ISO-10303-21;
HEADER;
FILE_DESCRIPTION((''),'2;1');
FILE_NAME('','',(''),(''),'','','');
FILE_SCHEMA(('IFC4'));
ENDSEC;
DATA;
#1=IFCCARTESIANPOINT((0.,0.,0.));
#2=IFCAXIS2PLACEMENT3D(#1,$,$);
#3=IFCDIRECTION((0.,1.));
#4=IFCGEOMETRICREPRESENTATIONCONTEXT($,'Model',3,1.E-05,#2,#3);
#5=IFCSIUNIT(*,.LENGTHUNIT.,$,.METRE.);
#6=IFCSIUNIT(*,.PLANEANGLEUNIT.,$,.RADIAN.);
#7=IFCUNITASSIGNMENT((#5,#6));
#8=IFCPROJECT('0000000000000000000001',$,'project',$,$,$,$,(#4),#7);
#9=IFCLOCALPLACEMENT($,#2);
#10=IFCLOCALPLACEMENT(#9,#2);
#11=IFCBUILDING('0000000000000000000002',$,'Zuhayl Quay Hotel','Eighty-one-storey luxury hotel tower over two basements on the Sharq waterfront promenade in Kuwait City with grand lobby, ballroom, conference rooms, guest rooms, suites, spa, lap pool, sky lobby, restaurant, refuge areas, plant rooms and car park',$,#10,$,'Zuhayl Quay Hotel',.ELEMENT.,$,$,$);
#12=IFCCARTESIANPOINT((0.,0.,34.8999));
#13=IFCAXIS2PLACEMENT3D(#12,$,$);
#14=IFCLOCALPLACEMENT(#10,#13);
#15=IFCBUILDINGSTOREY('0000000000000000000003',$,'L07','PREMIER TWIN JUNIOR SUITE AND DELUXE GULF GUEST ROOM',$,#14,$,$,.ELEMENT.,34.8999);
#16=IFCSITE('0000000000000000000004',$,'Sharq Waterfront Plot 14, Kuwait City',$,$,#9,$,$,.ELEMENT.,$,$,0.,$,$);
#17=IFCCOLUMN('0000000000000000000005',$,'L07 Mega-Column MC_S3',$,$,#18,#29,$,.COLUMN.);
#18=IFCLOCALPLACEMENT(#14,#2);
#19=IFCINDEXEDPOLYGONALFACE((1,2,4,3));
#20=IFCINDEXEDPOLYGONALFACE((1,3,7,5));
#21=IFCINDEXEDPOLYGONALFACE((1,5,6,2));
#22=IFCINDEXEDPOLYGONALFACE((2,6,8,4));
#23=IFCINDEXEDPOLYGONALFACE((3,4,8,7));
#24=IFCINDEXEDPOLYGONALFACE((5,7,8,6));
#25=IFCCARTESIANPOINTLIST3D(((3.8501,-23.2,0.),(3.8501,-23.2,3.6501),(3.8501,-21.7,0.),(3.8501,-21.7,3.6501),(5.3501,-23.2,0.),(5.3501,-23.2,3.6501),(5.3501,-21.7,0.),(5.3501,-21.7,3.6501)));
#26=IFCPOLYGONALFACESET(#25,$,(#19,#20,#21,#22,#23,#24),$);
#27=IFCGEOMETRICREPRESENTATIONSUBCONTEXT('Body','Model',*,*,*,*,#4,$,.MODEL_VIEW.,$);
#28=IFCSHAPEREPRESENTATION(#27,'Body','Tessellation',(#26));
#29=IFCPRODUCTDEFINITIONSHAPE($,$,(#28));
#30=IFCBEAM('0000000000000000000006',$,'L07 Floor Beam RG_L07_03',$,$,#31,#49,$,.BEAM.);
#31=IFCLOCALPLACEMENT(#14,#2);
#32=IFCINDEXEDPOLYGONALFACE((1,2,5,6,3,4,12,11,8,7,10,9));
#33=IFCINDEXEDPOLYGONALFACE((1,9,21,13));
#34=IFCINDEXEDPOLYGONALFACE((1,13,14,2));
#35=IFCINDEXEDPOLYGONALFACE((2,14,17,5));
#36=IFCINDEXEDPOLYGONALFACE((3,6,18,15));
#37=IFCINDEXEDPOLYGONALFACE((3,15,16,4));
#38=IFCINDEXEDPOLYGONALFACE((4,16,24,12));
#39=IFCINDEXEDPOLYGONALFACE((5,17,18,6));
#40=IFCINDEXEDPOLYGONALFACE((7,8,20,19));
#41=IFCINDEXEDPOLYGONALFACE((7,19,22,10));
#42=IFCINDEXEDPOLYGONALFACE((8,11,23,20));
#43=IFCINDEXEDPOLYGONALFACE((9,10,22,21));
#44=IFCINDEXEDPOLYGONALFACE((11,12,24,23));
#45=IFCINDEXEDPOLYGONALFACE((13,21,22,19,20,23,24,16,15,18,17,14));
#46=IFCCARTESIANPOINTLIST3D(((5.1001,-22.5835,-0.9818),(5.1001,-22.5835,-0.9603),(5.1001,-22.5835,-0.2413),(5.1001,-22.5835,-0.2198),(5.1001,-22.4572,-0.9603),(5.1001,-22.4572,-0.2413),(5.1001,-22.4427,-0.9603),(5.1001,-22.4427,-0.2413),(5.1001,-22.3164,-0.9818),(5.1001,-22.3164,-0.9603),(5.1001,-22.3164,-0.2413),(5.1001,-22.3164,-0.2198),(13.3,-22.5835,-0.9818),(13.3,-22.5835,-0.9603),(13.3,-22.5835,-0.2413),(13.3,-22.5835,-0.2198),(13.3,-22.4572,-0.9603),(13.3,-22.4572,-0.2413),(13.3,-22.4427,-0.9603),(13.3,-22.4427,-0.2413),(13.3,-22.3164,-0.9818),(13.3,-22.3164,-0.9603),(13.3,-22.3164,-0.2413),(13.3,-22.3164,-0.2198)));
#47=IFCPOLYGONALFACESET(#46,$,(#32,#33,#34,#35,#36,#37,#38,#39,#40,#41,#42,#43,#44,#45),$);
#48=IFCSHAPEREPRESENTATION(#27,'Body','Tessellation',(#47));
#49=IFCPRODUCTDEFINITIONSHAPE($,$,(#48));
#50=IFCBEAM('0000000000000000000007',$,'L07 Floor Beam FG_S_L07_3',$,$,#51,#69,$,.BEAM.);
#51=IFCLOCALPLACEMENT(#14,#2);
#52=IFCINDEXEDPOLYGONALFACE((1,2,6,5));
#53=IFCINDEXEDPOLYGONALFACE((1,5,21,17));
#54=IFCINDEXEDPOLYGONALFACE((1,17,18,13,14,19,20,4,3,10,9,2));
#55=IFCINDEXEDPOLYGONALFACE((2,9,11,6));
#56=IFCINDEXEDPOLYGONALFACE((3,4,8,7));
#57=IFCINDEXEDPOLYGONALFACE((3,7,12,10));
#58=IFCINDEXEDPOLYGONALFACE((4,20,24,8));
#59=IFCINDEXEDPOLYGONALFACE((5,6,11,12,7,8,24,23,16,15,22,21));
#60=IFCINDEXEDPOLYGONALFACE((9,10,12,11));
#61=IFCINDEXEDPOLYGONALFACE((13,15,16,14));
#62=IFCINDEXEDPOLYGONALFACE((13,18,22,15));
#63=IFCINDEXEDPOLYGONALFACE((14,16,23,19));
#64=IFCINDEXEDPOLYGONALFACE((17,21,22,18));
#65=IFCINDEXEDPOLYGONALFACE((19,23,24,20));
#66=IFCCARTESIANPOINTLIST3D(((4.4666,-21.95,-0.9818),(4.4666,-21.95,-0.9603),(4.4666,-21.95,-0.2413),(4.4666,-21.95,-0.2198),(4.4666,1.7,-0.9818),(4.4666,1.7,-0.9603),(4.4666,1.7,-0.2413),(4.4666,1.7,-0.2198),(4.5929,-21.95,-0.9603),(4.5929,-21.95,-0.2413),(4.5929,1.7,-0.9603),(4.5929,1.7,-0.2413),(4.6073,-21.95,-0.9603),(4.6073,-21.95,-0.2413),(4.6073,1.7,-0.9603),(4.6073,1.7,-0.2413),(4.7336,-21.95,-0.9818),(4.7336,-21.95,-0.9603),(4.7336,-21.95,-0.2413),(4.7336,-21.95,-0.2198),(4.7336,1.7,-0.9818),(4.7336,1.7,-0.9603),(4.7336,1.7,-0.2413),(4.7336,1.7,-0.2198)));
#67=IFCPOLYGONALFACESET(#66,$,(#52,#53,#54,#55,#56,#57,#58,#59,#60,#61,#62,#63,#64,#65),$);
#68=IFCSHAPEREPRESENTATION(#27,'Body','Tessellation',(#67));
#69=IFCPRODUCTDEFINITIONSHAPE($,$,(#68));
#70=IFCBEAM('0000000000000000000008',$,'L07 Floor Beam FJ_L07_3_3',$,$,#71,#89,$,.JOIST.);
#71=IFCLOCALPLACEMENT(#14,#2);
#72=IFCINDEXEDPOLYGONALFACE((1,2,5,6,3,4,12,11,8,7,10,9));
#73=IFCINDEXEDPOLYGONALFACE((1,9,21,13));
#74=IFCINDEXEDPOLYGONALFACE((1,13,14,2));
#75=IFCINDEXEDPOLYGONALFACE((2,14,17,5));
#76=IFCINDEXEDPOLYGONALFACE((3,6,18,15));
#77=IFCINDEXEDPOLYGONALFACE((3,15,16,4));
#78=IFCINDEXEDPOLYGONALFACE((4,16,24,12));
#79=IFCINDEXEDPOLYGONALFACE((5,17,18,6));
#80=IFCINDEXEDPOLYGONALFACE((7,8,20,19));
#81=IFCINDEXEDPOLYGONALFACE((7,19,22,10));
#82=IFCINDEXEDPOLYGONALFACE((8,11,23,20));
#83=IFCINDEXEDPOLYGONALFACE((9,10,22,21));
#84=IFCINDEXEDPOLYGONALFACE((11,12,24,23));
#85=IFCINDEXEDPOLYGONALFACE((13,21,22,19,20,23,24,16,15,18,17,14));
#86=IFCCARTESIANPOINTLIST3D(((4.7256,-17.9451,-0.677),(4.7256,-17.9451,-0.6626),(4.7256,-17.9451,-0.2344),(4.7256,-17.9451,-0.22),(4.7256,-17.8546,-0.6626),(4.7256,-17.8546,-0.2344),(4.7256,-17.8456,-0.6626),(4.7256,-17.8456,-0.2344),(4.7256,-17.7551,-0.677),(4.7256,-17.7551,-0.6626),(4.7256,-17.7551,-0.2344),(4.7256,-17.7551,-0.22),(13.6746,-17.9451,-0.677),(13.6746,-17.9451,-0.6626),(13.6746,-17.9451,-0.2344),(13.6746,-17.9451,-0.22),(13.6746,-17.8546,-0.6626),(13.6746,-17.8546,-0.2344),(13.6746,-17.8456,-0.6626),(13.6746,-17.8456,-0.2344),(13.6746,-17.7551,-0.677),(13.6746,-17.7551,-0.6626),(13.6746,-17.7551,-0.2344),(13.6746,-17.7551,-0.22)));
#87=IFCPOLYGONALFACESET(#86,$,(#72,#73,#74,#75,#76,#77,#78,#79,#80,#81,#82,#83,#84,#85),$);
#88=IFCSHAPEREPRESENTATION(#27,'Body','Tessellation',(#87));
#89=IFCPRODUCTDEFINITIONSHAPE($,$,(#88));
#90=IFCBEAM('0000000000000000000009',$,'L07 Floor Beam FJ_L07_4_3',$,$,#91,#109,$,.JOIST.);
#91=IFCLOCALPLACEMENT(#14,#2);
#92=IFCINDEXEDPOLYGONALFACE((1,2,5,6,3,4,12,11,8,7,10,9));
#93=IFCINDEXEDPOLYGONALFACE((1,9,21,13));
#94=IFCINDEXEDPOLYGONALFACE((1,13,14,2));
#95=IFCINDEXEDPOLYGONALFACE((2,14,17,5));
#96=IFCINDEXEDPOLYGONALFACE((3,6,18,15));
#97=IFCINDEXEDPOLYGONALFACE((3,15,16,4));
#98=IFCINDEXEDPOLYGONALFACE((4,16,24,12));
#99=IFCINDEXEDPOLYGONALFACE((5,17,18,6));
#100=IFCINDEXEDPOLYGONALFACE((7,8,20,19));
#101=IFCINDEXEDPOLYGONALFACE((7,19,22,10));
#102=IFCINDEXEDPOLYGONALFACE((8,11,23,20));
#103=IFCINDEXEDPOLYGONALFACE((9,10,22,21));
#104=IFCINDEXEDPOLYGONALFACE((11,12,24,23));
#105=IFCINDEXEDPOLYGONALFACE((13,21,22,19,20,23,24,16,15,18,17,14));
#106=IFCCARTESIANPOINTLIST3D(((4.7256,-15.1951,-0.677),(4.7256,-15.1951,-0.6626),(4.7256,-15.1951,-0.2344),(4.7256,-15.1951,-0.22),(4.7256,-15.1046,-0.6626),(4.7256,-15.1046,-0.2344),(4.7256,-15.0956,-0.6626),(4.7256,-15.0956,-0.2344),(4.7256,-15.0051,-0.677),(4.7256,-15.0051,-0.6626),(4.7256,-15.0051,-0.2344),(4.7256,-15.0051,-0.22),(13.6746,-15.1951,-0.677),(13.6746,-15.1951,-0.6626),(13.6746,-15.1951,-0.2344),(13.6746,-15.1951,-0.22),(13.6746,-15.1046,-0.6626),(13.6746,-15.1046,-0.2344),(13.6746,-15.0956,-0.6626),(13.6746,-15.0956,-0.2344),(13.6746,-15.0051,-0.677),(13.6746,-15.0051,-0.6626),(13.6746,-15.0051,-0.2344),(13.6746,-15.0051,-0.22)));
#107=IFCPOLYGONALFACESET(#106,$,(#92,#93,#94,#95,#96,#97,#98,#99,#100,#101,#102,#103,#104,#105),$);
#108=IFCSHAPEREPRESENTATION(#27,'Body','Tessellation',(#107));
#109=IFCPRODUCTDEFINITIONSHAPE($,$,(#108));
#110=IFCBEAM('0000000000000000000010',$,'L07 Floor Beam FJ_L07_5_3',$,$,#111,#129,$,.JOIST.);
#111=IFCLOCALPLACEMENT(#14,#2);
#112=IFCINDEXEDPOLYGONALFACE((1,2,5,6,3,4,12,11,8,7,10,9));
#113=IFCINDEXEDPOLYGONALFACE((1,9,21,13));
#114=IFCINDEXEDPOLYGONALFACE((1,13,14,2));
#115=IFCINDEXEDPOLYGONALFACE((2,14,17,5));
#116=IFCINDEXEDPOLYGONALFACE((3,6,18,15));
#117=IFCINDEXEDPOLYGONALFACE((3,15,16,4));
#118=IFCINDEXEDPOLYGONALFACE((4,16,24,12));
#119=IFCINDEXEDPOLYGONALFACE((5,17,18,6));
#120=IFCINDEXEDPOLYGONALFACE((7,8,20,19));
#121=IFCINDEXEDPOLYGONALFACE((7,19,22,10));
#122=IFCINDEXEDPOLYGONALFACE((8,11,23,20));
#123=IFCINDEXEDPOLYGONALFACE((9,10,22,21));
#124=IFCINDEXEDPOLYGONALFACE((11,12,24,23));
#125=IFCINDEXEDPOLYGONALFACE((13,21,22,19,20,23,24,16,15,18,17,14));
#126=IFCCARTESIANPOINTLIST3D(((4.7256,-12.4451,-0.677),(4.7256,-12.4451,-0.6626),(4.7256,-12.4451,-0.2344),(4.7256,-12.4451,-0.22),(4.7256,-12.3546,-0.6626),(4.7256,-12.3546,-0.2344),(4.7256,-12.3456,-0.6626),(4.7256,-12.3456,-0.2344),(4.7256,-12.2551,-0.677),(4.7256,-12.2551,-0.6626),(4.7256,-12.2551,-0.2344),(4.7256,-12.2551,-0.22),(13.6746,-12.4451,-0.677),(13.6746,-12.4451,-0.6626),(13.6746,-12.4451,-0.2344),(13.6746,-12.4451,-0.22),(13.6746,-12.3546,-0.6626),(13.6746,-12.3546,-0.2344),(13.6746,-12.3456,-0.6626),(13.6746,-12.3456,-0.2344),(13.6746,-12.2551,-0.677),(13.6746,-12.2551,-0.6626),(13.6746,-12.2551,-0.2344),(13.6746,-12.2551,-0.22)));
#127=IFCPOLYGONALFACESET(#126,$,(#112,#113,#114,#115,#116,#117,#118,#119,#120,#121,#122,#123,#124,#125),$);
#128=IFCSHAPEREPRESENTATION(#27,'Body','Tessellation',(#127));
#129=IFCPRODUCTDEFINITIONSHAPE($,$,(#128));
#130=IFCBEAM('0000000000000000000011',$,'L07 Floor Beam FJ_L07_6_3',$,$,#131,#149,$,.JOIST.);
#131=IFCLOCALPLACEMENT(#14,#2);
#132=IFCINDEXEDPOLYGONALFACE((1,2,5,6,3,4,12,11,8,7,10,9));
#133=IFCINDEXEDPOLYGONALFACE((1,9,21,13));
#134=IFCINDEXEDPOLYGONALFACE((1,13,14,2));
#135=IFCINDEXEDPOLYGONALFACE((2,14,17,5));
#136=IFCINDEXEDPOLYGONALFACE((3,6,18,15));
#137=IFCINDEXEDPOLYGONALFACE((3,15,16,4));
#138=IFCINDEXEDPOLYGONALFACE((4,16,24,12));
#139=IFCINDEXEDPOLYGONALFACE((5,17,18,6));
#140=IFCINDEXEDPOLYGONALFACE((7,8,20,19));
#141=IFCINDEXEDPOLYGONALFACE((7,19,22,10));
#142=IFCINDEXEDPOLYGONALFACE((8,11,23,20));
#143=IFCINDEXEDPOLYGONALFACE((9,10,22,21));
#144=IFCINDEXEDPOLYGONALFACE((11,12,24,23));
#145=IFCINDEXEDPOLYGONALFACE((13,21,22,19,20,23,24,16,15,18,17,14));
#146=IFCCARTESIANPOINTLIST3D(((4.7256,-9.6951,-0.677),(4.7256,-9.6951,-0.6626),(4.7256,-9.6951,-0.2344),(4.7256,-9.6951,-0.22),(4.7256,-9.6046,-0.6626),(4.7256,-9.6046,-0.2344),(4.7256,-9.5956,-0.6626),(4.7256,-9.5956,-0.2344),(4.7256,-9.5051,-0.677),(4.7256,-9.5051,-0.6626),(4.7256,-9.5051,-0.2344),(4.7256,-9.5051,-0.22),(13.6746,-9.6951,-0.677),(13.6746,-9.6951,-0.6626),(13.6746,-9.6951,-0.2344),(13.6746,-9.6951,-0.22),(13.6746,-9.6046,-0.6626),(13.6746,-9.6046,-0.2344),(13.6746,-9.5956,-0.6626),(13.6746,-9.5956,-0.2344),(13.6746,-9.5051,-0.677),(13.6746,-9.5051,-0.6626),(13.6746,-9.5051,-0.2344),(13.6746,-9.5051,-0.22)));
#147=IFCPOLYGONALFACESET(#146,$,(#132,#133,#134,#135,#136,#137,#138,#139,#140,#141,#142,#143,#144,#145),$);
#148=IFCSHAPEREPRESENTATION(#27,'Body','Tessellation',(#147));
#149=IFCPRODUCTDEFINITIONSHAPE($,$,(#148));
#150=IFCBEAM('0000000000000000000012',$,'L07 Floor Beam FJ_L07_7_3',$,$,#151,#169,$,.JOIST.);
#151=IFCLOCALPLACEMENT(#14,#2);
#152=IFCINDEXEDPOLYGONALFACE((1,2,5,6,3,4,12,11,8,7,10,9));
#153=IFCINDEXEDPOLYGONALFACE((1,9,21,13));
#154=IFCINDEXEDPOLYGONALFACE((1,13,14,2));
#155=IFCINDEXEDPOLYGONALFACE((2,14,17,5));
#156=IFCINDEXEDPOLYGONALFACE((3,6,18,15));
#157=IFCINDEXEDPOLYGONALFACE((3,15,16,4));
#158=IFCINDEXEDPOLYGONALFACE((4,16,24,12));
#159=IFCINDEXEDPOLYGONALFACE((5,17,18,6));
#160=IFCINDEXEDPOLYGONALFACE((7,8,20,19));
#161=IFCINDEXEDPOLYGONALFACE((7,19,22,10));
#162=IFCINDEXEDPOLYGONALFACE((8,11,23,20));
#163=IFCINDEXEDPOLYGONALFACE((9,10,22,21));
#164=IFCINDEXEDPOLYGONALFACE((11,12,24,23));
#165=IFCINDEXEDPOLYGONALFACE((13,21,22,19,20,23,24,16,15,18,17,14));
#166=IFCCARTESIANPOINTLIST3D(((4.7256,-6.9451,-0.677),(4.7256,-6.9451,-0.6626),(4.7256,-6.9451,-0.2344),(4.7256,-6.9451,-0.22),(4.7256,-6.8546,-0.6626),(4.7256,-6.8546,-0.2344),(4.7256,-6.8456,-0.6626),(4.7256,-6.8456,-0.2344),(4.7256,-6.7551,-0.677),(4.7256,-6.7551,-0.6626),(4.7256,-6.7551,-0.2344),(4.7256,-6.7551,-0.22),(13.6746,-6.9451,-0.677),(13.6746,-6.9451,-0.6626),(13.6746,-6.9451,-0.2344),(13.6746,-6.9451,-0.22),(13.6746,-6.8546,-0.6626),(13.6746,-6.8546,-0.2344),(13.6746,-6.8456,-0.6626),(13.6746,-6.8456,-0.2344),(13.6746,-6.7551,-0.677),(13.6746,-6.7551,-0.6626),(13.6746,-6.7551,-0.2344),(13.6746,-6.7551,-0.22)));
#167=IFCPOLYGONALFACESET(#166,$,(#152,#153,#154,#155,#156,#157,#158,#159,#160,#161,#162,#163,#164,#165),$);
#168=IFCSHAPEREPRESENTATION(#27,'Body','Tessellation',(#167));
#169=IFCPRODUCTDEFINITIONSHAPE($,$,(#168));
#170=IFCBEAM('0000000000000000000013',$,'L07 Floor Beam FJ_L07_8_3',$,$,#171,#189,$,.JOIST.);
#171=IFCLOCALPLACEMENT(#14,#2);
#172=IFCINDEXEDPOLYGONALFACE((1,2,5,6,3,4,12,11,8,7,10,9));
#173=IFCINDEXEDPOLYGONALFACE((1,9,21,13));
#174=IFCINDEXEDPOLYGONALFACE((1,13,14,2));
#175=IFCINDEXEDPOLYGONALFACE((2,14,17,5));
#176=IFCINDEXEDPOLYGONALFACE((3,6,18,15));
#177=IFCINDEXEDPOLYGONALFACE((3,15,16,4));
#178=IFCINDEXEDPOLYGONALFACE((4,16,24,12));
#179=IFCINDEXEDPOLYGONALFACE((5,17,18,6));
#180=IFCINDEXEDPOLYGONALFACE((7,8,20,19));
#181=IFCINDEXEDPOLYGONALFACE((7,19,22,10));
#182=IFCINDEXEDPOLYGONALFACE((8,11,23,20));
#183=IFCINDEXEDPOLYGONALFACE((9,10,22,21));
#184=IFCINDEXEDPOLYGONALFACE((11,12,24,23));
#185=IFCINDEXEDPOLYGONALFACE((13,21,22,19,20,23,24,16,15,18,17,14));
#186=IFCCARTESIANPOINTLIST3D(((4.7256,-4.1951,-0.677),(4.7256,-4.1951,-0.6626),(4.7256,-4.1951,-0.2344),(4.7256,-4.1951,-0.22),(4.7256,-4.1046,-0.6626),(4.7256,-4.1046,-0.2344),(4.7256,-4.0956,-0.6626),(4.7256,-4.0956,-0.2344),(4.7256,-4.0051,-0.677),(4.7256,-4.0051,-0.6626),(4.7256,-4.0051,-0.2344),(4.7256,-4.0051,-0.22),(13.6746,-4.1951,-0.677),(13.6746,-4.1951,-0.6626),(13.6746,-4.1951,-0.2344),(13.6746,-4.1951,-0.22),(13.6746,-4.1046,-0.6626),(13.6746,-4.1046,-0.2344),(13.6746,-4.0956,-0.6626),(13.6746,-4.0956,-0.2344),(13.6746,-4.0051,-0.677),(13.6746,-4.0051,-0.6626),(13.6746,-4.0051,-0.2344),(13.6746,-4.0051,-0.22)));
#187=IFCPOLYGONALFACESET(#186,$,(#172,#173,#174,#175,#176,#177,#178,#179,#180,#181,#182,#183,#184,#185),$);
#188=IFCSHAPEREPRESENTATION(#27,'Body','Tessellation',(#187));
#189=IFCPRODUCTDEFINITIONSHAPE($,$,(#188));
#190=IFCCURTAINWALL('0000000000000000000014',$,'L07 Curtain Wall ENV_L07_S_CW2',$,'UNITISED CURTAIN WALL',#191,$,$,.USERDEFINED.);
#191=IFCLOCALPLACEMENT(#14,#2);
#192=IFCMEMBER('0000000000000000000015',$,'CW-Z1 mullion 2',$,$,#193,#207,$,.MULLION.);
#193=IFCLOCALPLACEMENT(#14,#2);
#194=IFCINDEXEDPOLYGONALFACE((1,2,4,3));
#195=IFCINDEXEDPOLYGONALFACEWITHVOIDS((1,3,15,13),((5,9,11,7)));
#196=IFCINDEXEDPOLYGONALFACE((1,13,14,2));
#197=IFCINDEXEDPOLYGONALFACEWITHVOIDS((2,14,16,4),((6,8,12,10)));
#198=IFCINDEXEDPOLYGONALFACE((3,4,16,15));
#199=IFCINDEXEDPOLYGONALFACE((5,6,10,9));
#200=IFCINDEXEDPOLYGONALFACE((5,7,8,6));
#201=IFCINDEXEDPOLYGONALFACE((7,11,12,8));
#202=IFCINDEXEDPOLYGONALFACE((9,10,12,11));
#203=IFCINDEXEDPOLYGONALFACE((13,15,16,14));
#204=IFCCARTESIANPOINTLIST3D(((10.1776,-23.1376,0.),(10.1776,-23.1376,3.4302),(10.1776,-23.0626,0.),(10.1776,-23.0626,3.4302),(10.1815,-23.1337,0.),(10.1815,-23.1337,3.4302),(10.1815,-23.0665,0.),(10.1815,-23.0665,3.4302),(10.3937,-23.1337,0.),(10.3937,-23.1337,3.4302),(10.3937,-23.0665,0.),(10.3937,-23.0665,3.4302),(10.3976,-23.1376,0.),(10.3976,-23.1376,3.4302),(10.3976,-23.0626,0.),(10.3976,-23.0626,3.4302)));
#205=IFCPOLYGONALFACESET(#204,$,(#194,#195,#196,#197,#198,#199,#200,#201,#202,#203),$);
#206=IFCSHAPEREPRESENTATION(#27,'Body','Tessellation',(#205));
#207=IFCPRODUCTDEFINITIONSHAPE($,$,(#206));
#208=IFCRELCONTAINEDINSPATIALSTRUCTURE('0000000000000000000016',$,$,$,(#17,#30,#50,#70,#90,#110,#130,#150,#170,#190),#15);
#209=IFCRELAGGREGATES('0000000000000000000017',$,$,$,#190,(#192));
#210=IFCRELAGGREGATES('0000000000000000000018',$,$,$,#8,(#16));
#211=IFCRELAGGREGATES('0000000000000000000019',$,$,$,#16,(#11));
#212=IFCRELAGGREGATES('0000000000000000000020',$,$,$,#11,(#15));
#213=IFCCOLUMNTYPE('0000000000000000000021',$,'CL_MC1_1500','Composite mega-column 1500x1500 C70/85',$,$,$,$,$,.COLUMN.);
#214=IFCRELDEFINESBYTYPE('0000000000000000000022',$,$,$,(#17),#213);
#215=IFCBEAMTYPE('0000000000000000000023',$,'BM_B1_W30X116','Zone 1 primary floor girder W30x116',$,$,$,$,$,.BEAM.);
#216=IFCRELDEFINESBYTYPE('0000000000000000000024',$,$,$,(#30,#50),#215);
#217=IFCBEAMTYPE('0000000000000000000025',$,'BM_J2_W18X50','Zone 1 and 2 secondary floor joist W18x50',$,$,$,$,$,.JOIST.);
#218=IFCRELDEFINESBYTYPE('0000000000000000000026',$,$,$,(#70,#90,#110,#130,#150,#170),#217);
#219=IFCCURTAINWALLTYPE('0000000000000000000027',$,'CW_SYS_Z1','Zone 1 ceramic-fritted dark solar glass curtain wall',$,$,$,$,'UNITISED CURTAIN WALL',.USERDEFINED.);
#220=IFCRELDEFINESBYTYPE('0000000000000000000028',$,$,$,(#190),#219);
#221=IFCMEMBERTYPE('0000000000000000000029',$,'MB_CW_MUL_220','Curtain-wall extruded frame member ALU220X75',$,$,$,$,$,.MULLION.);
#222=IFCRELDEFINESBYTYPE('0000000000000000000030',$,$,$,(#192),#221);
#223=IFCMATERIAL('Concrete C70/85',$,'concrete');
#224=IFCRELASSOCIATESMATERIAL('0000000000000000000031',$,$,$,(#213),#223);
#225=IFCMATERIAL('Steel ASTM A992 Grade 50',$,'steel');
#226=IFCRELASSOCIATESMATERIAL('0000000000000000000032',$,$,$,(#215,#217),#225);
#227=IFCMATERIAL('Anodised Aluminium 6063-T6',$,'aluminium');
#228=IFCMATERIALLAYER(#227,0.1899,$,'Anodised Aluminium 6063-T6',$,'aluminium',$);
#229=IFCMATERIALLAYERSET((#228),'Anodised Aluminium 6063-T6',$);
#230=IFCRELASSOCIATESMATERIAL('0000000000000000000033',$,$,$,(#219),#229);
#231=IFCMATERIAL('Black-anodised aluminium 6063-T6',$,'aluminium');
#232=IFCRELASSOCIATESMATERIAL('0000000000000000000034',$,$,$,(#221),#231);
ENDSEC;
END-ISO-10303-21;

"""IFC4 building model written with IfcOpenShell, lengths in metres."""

from ifc_helpers import new_model, si_unit, direction, frame, origin, origin_2d, place, context, subcontext, project, spatial, rectangle, hollow_rectangle, i_section, extrude, material, layer, layer_set, material_profile, profile_set, type_object, element, aggregate, save


model = new_model("IFC4")

# Units and contexts
model_context = context("Model", 3, precision=1e-05, world=origin(), true_north=direction((0.0, 1.0)))
body_context = subcontext(model_context, "Body", "Model", "MODEL_VIEW")
ifc_project = project(units=[si_unit("LENGTHUNIT", "METRE"), si_unit("PLANEANGLEUNIT", "RADIAN")], contexts=[model_context])

# Site, building, storey
site_placement = place(None, origin())
site = spatial("IfcSite", under=ifc_project, at=site_placement, Name="Sharq Waterfront Plot 14, Kuwait City", CompositionType="ELEMENT", RefElevation=0.0)
building_placement = place(site_placement, origin())
building = spatial("IfcBuilding", under=site, at=building_placement, Name="Zuhayl Quay Hotel", Description="Eighty-one-storey luxury hotel tower over two basements on the Sharq waterfront promenade in Kuwait City with grand lobby, ballroom, conference rooms, guest rooms, suites, spa, lap pool, sky lobby, restaurant, refuge areas, plant rooms and car park", LongName="Zuhayl Quay Hotel", CompositionType="ELEMENT")
storey_placement = place(building_placement, frame((0.0, 0.0, 34.8999)))
storey = spatial("IfcBuildingStorey", under=building, at=storey_placement, Name="L07", Description="PREMIER TWIN JUNIOR SUITE AND DELUXE GULF GUEST ROOM", CompositionType="ELEMENT", Elevation=34.8999)

# Column
ifc_material_1 = material(Name="Concrete C70/85", Category="concrete")
ifc_material_profile_1 = material_profile(ifc_material_1, rectangle(XDim=1.5, YDim=1.5, at=origin_2d()), Name="RC1500X1500")
ifc_profile_set_1 = profile_set([ifc_material_profile_1], Name="Concrete C70/85")
column_type = type_object("IfcColumnType", Name="CL_MC1_1500", Description="Composite mega-column 1500x1500 C70/85", PredefinedType="COLUMN", material=ifc_profile_set_1)
column_placement = place(storey_placement, frame((4.6001, -22.45, 0.0), z_axis=(0.0, 0.0, 1.0), x_axis=(1.0, 0.0, 0.0)))
element("IfcColumn", 1, at=column_placement, inside=storey, type_object=column_type, Name="L07 Mega-Column MC_S3", PredefinedType="COLUMN", context=body_context, shape_type="SweptSolid", body=[
    extrude(rectangle(XDim=1.5, YDim=1.5, at=origin_2d()), origin(), (0.0, 0.0, 1.0), 3.6501),
])

# Beams
ifc_material_2 = material(Name="Steel ASTM A992 Grade 50", Category="steel")
ifc_material_profile_2 = material_profile(ifc_material_2, i_section(OverallWidth=0.2671, OverallDepth=0.762, WebThickness=0.0144, FlangeThickness=0.0215, at=origin_2d()), Name="W30X116")
ifc_profile_set_2 = profile_set([ifc_material_profile_2], Name="Steel ASTM A992 Grade 50")
beam_type_1 = type_object("IfcBeamType", Name="BM_B1_W30X116", Description="Zone 1 primary floor girder W30x116", PredefinedType="BEAM", material=ifc_profile_set_2)
beam_1_placement = place(storey_placement, frame((5.1001, -22.45, -0.6008), z_axis=(1.0, 0.0, 0.0), x_axis=(0.0, 1.0, 0.0)))
element("IfcBeam", 2, at=beam_1_placement, inside=storey, type_object=beam_type_1, Name="L07 Floor Beam RG_L07_03", PredefinedType="BEAM", context=body_context, shape_type="SweptSolid", body=[
    extrude(i_section(OverallWidth=0.2671, OverallDepth=0.762, WebThickness=0.0144, FlangeThickness=0.0215, at=origin_2d()), origin(), (0.0, 0.0, 1.0), 8.2),
])
beam_2_placement = place(storey_placement, frame((4.6001, -21.95, -0.6008), z_axis=(0.0, 1.0, 0.0), x_axis=(-1.0, 0.0, 0.0)))
element("IfcBeam", 3, at=beam_2_placement, inside=storey, type_object=beam_type_1, Name="L07 Floor Beam FG_S_L07_3", PredefinedType="BEAM", context=body_context, shape_type="SweptSolid", body=[
    extrude(i_section(OverallWidth=0.2671, OverallDepth=0.762, WebThickness=0.0144, FlangeThickness=0.0215, at=origin_2d()), origin(), (0.0, 0.0, 1.0), 23.6499),
])
ifc_material_profile_3 = material_profile(ifc_material_2, i_section(OverallWidth=0.1899, OverallDepth=0.457, WebThickness=0.009, FlangeThickness=0.0144, at=origin_2d()), Name="W18X50")
ifc_profile_set_3 = profile_set([ifc_material_profile_3], Name="Steel ASTM A992 Grade 50")
beam_type_2 = type_object("IfcBeamType", Name="BM_J2_W18X50", Description="Zone 1 and 2 secondary floor joist W18x50", PredefinedType="JOIST", material=ifc_profile_set_3)
for number, where, z_axis, x_axis, name in (
    (4, (4.7256, -17.8501, -0.4485), (1.0, 0.0, 0.0), (0.0, 1.0, 0.0), "L07 Floor Beam FJ_L07_3_3"),
    (5, (4.7256, -15.1001, -0.4485), (1.0, 0.0, 0.0), (0.0, 1.0, 0.0), "L07 Floor Beam FJ_L07_4_3"),
    (6, (4.7256, -12.3501, -0.4485), (1.0, 0.0, 0.0), (0.0, 1.0, 0.0), "L07 Floor Beam FJ_L07_5_3"),
    (7, (4.7256, -9.6001, -0.4485), (1.0, 0.0, 0.0), (0.0, 1.0, 0.0), "L07 Floor Beam FJ_L07_6_3"),
    (8, (4.7256, -6.8501, -0.4485), (1.0, 0.0, 0.0), (0.0, 1.0, 0.0), "L07 Floor Beam FJ_L07_7_3"),
    (9, (4.7256, -4.1001, -0.4485), (1.0, 0.0, 0.0), (0.0, 1.0, 0.0), "L07 Floor Beam FJ_L07_8_3"),
):
    element("IfcBeam", number, at=place(storey_placement, frame(where, z_axis=z_axis, x_axis=x_axis)), inside=storey, type_object=beam_type_2, Name=name, PredefinedType="JOIST", context=body_context, shape_type="SweptSolid", body=[
        extrude(i_section(OverallWidth=0.1899, OverallDepth=0.457, WebThickness=0.009, FlangeThickness=0.0144, at=origin_2d()), origin(), (0.0, 0.0, 1.0), 8.949),
    ])

# Curtain wall, member
ifc_material_3 = material(Name="Anodised Aluminium 6063-T6", Category="aluminium")
ifc_layer_1 = layer(ifc_material_3, 0.1899, Name="Anodised Aluminium 6063-T6", Category="aluminium")
ifc_layer_set_1 = layer_set([ifc_layer_1], Name="Anodised Aluminium 6063-T6")
curtain_wall_type = type_object("IfcCurtainWallType", Name="CW_SYS_Z1", Description="Zone 1 ceramic-fritted dark solar glass curtain wall", ElementType="UNITISED CURTAIN WALL", PredefinedType="USERDEFINED", material=ifc_layer_set_1)
curtain_wall_1_placement = place(storey_placement, origin())
curtain_wall_1 = element("IfcCurtainWall", 10, at=curtain_wall_1_placement, inside=storey, type_object=curtain_wall_type, Name="L07 Curtain Wall ENV_L07_S_CW2", ObjectType="UNITISED CURTAIN WALL", PredefinedType="USERDEFINED")
ifc_material_4 = material(Name="Black-anodised aluminium 6063-T6", Category="aluminium")
ifc_material_profile_4 = material_profile(ifc_material_4, hollow_rectangle(XDim=0.075, YDim=0.22, WallThickness=0.0039, at=origin_2d()), Name="ALU220X75")
ifc_profile_set_4 = profile_set([ifc_material_profile_4], Name="Black-anodised aluminium 6063-T6")
member_type_1 = type_object("IfcMemberType", Name="MB_CW_MUL_220", Description="Curtain-wall extruded frame member ALU220X75", PredefinedType="MULLION", material=ifc_profile_set_4)
member_1_placement = place(storey_placement, frame((10.2876, -23.1001, 0.0), z_axis=(0.0, 0.0, 1.0), x_axis=(0.0, -1.0, 0.0)))
member_1 = element("IfcMember", 11, at=member_1_placement, type_object=member_type_1, Name="CW-Z1 mullion 2", PredefinedType="MULLION", context=body_context, shape_type="SweptSolid", body=[
    extrude(hollow_rectangle(XDim=0.075, YDim=0.22, WallThickness=0.0039, at=origin_2d()), origin(), (0.0, 0.0, 1.0), 3.4302),
])

aggregate(curtain_wall_1, [member_1])

save(model, "model.ifc")
